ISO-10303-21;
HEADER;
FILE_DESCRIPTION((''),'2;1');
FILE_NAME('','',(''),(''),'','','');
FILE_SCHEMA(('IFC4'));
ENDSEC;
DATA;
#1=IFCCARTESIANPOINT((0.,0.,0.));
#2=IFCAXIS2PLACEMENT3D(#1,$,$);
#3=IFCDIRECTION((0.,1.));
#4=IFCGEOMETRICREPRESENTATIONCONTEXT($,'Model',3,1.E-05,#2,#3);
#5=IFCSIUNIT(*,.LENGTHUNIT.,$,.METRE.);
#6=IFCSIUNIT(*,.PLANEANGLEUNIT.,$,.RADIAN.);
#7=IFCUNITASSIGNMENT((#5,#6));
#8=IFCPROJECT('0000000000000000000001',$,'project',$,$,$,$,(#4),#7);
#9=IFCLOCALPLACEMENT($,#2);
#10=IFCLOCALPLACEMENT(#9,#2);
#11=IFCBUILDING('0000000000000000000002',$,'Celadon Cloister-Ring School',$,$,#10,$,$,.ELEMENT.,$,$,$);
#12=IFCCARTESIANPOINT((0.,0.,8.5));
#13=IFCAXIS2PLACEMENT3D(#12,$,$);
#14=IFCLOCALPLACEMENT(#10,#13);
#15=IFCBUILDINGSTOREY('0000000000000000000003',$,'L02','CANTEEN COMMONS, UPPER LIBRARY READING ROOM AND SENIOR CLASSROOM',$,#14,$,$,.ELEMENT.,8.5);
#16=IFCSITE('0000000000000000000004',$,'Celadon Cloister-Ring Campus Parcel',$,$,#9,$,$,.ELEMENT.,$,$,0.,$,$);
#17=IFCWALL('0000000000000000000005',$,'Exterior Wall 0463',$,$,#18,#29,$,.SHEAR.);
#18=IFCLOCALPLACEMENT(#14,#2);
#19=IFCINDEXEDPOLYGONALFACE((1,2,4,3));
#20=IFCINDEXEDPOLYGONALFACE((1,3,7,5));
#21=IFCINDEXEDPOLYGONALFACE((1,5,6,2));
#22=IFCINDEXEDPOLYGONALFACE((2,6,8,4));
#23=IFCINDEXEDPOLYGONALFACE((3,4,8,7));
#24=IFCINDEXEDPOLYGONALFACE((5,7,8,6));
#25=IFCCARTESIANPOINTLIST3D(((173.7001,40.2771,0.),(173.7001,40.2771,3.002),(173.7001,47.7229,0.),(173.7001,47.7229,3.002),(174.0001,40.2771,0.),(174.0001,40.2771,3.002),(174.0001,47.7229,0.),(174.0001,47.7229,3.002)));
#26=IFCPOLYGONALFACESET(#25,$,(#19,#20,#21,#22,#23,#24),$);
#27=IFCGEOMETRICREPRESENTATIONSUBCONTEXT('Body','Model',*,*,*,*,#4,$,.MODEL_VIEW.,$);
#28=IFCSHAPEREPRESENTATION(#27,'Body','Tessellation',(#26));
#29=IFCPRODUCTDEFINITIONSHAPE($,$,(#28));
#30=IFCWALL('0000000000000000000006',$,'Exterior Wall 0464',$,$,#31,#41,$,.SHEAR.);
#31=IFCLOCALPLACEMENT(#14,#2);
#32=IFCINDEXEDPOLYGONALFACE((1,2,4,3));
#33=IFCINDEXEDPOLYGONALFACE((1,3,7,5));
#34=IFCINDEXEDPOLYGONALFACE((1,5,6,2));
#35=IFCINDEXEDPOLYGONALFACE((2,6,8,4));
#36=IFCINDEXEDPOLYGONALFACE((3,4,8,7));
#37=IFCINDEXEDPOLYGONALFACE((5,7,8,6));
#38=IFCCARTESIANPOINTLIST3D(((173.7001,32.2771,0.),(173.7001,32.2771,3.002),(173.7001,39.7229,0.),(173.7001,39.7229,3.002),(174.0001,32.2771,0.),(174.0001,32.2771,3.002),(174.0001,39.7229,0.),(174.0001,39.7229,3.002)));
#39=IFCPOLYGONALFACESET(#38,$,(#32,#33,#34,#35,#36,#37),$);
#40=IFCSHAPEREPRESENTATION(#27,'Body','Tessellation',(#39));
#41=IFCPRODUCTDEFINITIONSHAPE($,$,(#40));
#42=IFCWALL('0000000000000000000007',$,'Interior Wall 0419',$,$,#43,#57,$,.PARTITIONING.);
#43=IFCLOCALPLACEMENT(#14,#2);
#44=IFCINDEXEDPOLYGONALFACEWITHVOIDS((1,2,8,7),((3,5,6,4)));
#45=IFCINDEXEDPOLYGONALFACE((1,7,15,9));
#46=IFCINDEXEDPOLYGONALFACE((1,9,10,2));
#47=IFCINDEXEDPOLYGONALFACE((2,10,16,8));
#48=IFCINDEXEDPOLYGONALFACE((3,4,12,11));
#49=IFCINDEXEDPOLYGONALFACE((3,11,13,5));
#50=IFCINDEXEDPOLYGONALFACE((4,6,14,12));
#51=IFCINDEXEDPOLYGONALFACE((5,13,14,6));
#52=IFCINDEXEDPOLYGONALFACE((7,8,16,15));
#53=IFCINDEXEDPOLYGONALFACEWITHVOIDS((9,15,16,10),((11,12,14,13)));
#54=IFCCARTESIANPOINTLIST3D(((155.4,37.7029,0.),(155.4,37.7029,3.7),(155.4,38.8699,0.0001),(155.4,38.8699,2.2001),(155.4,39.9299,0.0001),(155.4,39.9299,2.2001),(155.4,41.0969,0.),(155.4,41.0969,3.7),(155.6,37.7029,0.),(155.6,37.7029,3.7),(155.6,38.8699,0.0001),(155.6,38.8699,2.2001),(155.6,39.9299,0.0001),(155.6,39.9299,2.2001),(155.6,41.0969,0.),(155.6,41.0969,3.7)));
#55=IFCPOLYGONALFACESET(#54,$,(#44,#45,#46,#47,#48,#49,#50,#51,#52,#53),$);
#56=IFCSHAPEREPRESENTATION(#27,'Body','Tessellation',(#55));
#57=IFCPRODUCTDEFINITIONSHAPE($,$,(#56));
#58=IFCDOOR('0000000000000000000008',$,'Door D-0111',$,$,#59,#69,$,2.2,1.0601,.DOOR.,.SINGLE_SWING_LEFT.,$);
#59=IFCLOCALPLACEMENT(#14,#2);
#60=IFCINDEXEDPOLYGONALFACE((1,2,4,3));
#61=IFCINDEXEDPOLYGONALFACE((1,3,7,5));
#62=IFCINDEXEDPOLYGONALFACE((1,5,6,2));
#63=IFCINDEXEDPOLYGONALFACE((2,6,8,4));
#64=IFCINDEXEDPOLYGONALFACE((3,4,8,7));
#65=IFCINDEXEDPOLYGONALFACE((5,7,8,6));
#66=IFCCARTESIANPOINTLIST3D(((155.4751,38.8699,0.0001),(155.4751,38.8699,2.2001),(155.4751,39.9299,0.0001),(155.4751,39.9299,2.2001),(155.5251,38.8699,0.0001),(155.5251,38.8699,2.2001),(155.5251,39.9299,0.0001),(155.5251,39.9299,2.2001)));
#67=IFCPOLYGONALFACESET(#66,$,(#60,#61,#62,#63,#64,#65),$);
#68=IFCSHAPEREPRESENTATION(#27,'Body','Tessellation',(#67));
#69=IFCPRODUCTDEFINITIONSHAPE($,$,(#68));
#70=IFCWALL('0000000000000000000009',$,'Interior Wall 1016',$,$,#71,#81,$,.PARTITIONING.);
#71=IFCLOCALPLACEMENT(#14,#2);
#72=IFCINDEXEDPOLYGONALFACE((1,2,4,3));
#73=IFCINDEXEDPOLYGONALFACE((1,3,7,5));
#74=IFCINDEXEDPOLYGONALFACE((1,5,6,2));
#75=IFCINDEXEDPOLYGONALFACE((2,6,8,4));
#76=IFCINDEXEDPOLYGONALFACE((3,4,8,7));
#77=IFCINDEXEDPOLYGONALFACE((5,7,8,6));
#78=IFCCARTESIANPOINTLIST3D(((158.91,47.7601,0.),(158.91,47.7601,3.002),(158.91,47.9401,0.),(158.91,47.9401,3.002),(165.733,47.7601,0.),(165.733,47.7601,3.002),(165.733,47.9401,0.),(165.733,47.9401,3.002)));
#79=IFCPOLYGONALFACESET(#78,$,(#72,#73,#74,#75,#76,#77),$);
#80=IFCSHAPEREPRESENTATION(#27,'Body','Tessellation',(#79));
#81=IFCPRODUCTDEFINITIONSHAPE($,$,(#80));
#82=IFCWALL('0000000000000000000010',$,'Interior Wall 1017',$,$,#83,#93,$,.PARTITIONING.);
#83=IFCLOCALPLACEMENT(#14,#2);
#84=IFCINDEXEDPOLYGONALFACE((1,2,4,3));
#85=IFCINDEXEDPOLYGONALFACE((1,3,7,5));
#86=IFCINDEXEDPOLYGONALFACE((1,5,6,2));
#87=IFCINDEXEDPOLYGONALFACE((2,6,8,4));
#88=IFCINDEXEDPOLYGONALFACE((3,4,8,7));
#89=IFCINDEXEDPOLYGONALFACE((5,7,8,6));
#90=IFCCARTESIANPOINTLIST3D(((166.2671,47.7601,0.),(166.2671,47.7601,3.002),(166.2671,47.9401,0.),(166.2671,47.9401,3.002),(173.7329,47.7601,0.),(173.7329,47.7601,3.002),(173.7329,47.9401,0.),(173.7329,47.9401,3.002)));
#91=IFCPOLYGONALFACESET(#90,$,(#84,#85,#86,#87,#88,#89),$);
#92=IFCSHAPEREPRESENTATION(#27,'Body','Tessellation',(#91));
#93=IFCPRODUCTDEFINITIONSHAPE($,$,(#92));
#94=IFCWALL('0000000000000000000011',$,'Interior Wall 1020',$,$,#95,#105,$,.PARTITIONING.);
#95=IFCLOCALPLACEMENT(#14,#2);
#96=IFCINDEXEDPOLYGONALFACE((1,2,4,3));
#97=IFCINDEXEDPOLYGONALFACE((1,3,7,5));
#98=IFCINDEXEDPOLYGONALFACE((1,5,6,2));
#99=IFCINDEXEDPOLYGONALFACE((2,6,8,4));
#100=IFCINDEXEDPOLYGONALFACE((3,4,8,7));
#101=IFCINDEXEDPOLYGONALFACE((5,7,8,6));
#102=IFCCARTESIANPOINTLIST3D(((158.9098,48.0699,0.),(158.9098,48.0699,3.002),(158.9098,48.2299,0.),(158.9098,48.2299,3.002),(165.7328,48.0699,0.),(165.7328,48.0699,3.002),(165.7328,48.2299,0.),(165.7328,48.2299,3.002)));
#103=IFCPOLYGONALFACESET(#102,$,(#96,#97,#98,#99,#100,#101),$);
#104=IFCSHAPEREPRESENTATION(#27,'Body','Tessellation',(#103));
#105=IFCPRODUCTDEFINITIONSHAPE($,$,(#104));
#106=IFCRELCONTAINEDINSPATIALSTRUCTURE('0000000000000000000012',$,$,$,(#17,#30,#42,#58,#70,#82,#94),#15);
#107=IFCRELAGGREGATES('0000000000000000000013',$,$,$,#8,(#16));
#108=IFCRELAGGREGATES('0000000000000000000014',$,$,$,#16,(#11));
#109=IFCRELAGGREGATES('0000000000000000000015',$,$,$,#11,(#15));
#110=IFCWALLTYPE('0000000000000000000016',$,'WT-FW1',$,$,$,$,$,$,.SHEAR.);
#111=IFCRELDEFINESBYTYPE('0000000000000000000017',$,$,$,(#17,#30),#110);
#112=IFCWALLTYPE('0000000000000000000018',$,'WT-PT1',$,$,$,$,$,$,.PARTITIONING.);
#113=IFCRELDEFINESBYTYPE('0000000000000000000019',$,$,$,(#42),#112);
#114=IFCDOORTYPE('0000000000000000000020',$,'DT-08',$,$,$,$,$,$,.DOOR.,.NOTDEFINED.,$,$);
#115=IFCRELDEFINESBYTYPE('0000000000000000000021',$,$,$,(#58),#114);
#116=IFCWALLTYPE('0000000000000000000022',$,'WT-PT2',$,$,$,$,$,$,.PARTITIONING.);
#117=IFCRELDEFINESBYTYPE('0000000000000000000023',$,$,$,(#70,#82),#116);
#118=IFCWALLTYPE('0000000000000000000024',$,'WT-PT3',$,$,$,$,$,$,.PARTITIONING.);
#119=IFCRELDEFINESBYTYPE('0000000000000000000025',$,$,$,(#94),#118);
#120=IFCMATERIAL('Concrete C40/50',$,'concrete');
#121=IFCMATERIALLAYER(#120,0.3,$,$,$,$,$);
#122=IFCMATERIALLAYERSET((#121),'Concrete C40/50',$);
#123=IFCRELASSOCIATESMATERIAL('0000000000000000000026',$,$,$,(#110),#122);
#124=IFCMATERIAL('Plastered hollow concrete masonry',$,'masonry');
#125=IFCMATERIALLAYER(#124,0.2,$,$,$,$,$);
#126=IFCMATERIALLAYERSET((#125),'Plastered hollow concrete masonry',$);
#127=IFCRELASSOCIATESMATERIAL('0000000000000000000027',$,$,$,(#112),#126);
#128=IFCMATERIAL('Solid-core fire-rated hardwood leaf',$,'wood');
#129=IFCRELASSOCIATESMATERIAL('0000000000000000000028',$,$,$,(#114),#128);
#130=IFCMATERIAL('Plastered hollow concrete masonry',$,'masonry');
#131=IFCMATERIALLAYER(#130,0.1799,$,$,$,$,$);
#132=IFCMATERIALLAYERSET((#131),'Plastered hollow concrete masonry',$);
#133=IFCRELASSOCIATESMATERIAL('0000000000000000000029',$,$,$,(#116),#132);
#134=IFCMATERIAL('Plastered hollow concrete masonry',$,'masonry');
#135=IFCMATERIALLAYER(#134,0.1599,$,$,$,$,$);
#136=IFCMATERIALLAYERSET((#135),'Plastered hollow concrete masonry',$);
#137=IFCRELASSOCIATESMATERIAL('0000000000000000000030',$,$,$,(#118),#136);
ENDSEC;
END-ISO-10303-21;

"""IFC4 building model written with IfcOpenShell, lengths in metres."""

from ifc_helpers import new_model, si_unit, direction, frame, frame_2d, origin, place, context, subcontext, project, spatial, rectangle, extrude, material, layer, layer_set, type_object, element, fill, save


model = new_model("IFC4")

# Units and contexts
model_context = context("Model", 3, precision=1e-05, world=origin(), true_north=direction((0.0, 1.0)))
body_context = subcontext(model_context, "Body", "Model", "MODEL_VIEW")
ifc_project = project(units=[si_unit("LENGTHUNIT", "METRE"), si_unit("PLANEANGLEUNIT", "RADIAN")], contexts=[model_context])

# Site, building, storey
site_placement = place(None, origin())
site = spatial("IfcSite", under=ifc_project, at=site_placement, Name="Celadon Cloister-Ring Campus Parcel", CompositionType="ELEMENT", RefElevation=0.0)
building_placement = place(site_placement, origin())
building = spatial("IfcBuilding", under=site, at=building_placement, Name="Celadon Cloister-Ring School", CompositionType="ELEMENT")
storey_placement = place(building_placement, frame((0.0, 0.0, 8.5)))
storey = spatial("IfcBuildingStorey", under=building, at=storey_placement, Name="L02", Description="CANTEEN COMMONS, UPPER LIBRARY READING ROOM AND SENIOR CLASSROOM", CompositionType="ELEMENT", Elevation=8.5)

# Walls
ifc_material_1 = material(Name="Concrete C40/50", Category="concrete")
ifc_layer_1 = layer(ifc_material_1, 0.3)
ifc_layer_set_1 = layer_set([ifc_layer_1], Name="Concrete C40/50")
wall_type_1 = type_object("IfcWallType", Name="WT-FW1", PredefinedType="SHEAR", material=ifc_layer_set_1)
for number, where, z_axis, x_axis, name in (
    (1, (173.8501, 47.7229, 0.0), (0.0, 0.0, 1.0), (0.0, -1.0, 0.0), "Exterior Wall 0463"),
    (2, (173.8501, 39.7229, 0.0), (0.0, 0.0, 1.0), (0.0, -1.0, 0.0), "Exterior Wall 0464"),
):
    element("IfcWall", number, at=place(storey_placement, frame(where, z_axis=z_axis, x_axis=x_axis)), inside=storey, type_object=wall_type_1, Name=name, PredefinedType="SHEAR", context=body_context, shape_type="SweptSolid", body=[
        extrude(rectangle(XDim=7.4458, YDim=0.3, at=frame_2d((3.7229, 0.0))), origin(), (0.0, 0.0, 1.0), 3.002),
    ])

# Wall, opening, door
ifc_material_2 = material(Name="Plastered hollow concrete masonry", Category="masonry")
ifc_layer_2 = layer(ifc_material_2, 0.2)
ifc_layer_set_2 = layer_set([ifc_layer_2], Name="Plastered hollow concrete masonry")
wall_type_2 = type_object("IfcWallType", Name="WT-PT1", PredefinedType="PARTITIONING", material=ifc_layer_set_2)
wall_1_placement = place(storey_placement, frame((155.5, 37.7029, 0.0), z_axis=(0.0, 0.0, 1.0), x_axis=(0.0, 1.0, 0.0)))
wall_1 = element("IfcWall", 3, at=wall_1_placement, inside=storey, type_object=wall_type_2, Name="Interior Wall 0419", PredefinedType="PARTITIONING", context=body_context, shape_type="SweptSolid", body=[
    extrude(rectangle(XDim=3.394, YDim=0.2, at=frame_2d((1.697, 0.0))), origin(), (0.0, 0.0, 1.0), 3.7),
])
opening_placement = place(wall_1_placement, frame((1.167, 0.0, 0.0)))
opening = element("IfcOpeningElement", 4, at=opening_placement, cuts=wall_1, PredefinedType="OPENING", context=body_context, shape_type="SweptSolid", body=[
    extrude(rectangle(XDim=1.0601, YDim=2.2, at=frame_2d((0.53, 1.1001))), frame((0.0, 0.1099, 0.0), z_axis=(0.0, -1.0, 0.0), x_axis=(1.0, 0.0, 0.0)), (0.0, 0.0, 1.0), 0.22),
])
ifc_material_3 = material(Name="Solid-core fire-rated hardwood leaf", Category="wood")
door_type = type_object("IfcDoorType", Name="DT-08", OperationType="NOTDEFINED", PredefinedType="DOOR", material=ifc_material_3)
door_placement = place(opening_placement, origin())
door = element("IfcDoor", 5, at=door_placement, inside=storey, type_object=door_type, Name="Door D-0111", OperationType="SINGLE_SWING_LEFT", OverallHeight=2.2, OverallWidth=1.0601, PredefinedType="DOOR", context=body_context, shape_type="SweptSolid", body=[
    extrude(rectangle(XDim=1.0601, YDim=2.2, at=frame_2d((0.53, 1.1001))), frame((0.0, 0.0249, 0.0), z_axis=(0.0, -1.0, 0.0), x_axis=(1.0, 0.0, 0.0)), (0.0, 0.0, 1.0), 0.05),
])
fill(opening, door)

# Walls
ifc_material_4 = material(Name="Plastered hollow concrete masonry", Category="masonry")
ifc_layer_3 = layer(ifc_material_4, 0.1799)
ifc_layer_set_3 = layer_set([ifc_layer_3], Name="Plastered hollow concrete masonry")
wall_type_3 = type_object("IfcWallType", Name="WT-PT2", PredefinedType="PARTITIONING", material=ifc_layer_set_3)
wall_2_placement = place(storey_placement, frame((158.9099, 47.8501, 0.0), z_axis=(0.0, 0.0, 1.0), x_axis=(1.0, 0.0, 0.0)))
element("IfcWall", 6, at=wall_2_placement, inside=storey, type_object=wall_type_3, Name="Interior Wall 1016", PredefinedType="PARTITIONING", context=body_context, shape_type="SweptSolid", body=[
    extrude(rectangle(XDim=6.823, YDim=0.1799, at=frame_2d((3.4116, 0.0))), origin(), (0.0, 0.0, 1.0), 3.002),
])
wall_3_placement = place(storey_placement, frame((166.2671, 47.8501, 0.0), z_axis=(0.0, 0.0, 1.0), x_axis=(1.0, 0.0, 0.0)))
element("IfcWall", 7, at=wall_3_placement, inside=storey, type_object=wall_type_3, Name="Interior Wall 1017", PredefinedType="PARTITIONING", context=body_context, shape_type="SweptSolid", body=[
    extrude(rectangle(XDim=7.4658, YDim=0.1799, at=frame_2d((3.7329, 0.0))), origin(), (0.0, 0.0, 1.0), 3.002),
])
ifc_material_5 = material(Name="Plastered hollow concrete masonry", Category="masonry")
ifc_layer_4 = layer(ifc_material_5, 0.1599)
ifc_layer_set_4 = layer_set([ifc_layer_4], Name="Plastered hollow concrete masonry")
wall_type_4 = type_object("IfcWallType", Name="WT-PT3", PredefinedType="PARTITIONING", material=ifc_layer_set_4)
wall_4_placement = place(storey_placement, frame((165.7329, 48.1499, 0.0), z_axis=(0.0, 0.0, 1.0), x_axis=(-1.0, 0.0, 0.0)))
element("IfcWall", 8, at=wall_4_placement, inside=storey, type_object=wall_type_4, Name="Interior Wall 1020", PredefinedType="PARTITIONING", context=body_context, shape_type="SweptSolid", body=[
    extrude(rectangle(XDim=6.823, YDim=0.1599, at=frame_2d((3.4116, 0.0))), origin(), (0.0, 0.0, 1.0), 3.002),
])

save(model, "model.ifc")
